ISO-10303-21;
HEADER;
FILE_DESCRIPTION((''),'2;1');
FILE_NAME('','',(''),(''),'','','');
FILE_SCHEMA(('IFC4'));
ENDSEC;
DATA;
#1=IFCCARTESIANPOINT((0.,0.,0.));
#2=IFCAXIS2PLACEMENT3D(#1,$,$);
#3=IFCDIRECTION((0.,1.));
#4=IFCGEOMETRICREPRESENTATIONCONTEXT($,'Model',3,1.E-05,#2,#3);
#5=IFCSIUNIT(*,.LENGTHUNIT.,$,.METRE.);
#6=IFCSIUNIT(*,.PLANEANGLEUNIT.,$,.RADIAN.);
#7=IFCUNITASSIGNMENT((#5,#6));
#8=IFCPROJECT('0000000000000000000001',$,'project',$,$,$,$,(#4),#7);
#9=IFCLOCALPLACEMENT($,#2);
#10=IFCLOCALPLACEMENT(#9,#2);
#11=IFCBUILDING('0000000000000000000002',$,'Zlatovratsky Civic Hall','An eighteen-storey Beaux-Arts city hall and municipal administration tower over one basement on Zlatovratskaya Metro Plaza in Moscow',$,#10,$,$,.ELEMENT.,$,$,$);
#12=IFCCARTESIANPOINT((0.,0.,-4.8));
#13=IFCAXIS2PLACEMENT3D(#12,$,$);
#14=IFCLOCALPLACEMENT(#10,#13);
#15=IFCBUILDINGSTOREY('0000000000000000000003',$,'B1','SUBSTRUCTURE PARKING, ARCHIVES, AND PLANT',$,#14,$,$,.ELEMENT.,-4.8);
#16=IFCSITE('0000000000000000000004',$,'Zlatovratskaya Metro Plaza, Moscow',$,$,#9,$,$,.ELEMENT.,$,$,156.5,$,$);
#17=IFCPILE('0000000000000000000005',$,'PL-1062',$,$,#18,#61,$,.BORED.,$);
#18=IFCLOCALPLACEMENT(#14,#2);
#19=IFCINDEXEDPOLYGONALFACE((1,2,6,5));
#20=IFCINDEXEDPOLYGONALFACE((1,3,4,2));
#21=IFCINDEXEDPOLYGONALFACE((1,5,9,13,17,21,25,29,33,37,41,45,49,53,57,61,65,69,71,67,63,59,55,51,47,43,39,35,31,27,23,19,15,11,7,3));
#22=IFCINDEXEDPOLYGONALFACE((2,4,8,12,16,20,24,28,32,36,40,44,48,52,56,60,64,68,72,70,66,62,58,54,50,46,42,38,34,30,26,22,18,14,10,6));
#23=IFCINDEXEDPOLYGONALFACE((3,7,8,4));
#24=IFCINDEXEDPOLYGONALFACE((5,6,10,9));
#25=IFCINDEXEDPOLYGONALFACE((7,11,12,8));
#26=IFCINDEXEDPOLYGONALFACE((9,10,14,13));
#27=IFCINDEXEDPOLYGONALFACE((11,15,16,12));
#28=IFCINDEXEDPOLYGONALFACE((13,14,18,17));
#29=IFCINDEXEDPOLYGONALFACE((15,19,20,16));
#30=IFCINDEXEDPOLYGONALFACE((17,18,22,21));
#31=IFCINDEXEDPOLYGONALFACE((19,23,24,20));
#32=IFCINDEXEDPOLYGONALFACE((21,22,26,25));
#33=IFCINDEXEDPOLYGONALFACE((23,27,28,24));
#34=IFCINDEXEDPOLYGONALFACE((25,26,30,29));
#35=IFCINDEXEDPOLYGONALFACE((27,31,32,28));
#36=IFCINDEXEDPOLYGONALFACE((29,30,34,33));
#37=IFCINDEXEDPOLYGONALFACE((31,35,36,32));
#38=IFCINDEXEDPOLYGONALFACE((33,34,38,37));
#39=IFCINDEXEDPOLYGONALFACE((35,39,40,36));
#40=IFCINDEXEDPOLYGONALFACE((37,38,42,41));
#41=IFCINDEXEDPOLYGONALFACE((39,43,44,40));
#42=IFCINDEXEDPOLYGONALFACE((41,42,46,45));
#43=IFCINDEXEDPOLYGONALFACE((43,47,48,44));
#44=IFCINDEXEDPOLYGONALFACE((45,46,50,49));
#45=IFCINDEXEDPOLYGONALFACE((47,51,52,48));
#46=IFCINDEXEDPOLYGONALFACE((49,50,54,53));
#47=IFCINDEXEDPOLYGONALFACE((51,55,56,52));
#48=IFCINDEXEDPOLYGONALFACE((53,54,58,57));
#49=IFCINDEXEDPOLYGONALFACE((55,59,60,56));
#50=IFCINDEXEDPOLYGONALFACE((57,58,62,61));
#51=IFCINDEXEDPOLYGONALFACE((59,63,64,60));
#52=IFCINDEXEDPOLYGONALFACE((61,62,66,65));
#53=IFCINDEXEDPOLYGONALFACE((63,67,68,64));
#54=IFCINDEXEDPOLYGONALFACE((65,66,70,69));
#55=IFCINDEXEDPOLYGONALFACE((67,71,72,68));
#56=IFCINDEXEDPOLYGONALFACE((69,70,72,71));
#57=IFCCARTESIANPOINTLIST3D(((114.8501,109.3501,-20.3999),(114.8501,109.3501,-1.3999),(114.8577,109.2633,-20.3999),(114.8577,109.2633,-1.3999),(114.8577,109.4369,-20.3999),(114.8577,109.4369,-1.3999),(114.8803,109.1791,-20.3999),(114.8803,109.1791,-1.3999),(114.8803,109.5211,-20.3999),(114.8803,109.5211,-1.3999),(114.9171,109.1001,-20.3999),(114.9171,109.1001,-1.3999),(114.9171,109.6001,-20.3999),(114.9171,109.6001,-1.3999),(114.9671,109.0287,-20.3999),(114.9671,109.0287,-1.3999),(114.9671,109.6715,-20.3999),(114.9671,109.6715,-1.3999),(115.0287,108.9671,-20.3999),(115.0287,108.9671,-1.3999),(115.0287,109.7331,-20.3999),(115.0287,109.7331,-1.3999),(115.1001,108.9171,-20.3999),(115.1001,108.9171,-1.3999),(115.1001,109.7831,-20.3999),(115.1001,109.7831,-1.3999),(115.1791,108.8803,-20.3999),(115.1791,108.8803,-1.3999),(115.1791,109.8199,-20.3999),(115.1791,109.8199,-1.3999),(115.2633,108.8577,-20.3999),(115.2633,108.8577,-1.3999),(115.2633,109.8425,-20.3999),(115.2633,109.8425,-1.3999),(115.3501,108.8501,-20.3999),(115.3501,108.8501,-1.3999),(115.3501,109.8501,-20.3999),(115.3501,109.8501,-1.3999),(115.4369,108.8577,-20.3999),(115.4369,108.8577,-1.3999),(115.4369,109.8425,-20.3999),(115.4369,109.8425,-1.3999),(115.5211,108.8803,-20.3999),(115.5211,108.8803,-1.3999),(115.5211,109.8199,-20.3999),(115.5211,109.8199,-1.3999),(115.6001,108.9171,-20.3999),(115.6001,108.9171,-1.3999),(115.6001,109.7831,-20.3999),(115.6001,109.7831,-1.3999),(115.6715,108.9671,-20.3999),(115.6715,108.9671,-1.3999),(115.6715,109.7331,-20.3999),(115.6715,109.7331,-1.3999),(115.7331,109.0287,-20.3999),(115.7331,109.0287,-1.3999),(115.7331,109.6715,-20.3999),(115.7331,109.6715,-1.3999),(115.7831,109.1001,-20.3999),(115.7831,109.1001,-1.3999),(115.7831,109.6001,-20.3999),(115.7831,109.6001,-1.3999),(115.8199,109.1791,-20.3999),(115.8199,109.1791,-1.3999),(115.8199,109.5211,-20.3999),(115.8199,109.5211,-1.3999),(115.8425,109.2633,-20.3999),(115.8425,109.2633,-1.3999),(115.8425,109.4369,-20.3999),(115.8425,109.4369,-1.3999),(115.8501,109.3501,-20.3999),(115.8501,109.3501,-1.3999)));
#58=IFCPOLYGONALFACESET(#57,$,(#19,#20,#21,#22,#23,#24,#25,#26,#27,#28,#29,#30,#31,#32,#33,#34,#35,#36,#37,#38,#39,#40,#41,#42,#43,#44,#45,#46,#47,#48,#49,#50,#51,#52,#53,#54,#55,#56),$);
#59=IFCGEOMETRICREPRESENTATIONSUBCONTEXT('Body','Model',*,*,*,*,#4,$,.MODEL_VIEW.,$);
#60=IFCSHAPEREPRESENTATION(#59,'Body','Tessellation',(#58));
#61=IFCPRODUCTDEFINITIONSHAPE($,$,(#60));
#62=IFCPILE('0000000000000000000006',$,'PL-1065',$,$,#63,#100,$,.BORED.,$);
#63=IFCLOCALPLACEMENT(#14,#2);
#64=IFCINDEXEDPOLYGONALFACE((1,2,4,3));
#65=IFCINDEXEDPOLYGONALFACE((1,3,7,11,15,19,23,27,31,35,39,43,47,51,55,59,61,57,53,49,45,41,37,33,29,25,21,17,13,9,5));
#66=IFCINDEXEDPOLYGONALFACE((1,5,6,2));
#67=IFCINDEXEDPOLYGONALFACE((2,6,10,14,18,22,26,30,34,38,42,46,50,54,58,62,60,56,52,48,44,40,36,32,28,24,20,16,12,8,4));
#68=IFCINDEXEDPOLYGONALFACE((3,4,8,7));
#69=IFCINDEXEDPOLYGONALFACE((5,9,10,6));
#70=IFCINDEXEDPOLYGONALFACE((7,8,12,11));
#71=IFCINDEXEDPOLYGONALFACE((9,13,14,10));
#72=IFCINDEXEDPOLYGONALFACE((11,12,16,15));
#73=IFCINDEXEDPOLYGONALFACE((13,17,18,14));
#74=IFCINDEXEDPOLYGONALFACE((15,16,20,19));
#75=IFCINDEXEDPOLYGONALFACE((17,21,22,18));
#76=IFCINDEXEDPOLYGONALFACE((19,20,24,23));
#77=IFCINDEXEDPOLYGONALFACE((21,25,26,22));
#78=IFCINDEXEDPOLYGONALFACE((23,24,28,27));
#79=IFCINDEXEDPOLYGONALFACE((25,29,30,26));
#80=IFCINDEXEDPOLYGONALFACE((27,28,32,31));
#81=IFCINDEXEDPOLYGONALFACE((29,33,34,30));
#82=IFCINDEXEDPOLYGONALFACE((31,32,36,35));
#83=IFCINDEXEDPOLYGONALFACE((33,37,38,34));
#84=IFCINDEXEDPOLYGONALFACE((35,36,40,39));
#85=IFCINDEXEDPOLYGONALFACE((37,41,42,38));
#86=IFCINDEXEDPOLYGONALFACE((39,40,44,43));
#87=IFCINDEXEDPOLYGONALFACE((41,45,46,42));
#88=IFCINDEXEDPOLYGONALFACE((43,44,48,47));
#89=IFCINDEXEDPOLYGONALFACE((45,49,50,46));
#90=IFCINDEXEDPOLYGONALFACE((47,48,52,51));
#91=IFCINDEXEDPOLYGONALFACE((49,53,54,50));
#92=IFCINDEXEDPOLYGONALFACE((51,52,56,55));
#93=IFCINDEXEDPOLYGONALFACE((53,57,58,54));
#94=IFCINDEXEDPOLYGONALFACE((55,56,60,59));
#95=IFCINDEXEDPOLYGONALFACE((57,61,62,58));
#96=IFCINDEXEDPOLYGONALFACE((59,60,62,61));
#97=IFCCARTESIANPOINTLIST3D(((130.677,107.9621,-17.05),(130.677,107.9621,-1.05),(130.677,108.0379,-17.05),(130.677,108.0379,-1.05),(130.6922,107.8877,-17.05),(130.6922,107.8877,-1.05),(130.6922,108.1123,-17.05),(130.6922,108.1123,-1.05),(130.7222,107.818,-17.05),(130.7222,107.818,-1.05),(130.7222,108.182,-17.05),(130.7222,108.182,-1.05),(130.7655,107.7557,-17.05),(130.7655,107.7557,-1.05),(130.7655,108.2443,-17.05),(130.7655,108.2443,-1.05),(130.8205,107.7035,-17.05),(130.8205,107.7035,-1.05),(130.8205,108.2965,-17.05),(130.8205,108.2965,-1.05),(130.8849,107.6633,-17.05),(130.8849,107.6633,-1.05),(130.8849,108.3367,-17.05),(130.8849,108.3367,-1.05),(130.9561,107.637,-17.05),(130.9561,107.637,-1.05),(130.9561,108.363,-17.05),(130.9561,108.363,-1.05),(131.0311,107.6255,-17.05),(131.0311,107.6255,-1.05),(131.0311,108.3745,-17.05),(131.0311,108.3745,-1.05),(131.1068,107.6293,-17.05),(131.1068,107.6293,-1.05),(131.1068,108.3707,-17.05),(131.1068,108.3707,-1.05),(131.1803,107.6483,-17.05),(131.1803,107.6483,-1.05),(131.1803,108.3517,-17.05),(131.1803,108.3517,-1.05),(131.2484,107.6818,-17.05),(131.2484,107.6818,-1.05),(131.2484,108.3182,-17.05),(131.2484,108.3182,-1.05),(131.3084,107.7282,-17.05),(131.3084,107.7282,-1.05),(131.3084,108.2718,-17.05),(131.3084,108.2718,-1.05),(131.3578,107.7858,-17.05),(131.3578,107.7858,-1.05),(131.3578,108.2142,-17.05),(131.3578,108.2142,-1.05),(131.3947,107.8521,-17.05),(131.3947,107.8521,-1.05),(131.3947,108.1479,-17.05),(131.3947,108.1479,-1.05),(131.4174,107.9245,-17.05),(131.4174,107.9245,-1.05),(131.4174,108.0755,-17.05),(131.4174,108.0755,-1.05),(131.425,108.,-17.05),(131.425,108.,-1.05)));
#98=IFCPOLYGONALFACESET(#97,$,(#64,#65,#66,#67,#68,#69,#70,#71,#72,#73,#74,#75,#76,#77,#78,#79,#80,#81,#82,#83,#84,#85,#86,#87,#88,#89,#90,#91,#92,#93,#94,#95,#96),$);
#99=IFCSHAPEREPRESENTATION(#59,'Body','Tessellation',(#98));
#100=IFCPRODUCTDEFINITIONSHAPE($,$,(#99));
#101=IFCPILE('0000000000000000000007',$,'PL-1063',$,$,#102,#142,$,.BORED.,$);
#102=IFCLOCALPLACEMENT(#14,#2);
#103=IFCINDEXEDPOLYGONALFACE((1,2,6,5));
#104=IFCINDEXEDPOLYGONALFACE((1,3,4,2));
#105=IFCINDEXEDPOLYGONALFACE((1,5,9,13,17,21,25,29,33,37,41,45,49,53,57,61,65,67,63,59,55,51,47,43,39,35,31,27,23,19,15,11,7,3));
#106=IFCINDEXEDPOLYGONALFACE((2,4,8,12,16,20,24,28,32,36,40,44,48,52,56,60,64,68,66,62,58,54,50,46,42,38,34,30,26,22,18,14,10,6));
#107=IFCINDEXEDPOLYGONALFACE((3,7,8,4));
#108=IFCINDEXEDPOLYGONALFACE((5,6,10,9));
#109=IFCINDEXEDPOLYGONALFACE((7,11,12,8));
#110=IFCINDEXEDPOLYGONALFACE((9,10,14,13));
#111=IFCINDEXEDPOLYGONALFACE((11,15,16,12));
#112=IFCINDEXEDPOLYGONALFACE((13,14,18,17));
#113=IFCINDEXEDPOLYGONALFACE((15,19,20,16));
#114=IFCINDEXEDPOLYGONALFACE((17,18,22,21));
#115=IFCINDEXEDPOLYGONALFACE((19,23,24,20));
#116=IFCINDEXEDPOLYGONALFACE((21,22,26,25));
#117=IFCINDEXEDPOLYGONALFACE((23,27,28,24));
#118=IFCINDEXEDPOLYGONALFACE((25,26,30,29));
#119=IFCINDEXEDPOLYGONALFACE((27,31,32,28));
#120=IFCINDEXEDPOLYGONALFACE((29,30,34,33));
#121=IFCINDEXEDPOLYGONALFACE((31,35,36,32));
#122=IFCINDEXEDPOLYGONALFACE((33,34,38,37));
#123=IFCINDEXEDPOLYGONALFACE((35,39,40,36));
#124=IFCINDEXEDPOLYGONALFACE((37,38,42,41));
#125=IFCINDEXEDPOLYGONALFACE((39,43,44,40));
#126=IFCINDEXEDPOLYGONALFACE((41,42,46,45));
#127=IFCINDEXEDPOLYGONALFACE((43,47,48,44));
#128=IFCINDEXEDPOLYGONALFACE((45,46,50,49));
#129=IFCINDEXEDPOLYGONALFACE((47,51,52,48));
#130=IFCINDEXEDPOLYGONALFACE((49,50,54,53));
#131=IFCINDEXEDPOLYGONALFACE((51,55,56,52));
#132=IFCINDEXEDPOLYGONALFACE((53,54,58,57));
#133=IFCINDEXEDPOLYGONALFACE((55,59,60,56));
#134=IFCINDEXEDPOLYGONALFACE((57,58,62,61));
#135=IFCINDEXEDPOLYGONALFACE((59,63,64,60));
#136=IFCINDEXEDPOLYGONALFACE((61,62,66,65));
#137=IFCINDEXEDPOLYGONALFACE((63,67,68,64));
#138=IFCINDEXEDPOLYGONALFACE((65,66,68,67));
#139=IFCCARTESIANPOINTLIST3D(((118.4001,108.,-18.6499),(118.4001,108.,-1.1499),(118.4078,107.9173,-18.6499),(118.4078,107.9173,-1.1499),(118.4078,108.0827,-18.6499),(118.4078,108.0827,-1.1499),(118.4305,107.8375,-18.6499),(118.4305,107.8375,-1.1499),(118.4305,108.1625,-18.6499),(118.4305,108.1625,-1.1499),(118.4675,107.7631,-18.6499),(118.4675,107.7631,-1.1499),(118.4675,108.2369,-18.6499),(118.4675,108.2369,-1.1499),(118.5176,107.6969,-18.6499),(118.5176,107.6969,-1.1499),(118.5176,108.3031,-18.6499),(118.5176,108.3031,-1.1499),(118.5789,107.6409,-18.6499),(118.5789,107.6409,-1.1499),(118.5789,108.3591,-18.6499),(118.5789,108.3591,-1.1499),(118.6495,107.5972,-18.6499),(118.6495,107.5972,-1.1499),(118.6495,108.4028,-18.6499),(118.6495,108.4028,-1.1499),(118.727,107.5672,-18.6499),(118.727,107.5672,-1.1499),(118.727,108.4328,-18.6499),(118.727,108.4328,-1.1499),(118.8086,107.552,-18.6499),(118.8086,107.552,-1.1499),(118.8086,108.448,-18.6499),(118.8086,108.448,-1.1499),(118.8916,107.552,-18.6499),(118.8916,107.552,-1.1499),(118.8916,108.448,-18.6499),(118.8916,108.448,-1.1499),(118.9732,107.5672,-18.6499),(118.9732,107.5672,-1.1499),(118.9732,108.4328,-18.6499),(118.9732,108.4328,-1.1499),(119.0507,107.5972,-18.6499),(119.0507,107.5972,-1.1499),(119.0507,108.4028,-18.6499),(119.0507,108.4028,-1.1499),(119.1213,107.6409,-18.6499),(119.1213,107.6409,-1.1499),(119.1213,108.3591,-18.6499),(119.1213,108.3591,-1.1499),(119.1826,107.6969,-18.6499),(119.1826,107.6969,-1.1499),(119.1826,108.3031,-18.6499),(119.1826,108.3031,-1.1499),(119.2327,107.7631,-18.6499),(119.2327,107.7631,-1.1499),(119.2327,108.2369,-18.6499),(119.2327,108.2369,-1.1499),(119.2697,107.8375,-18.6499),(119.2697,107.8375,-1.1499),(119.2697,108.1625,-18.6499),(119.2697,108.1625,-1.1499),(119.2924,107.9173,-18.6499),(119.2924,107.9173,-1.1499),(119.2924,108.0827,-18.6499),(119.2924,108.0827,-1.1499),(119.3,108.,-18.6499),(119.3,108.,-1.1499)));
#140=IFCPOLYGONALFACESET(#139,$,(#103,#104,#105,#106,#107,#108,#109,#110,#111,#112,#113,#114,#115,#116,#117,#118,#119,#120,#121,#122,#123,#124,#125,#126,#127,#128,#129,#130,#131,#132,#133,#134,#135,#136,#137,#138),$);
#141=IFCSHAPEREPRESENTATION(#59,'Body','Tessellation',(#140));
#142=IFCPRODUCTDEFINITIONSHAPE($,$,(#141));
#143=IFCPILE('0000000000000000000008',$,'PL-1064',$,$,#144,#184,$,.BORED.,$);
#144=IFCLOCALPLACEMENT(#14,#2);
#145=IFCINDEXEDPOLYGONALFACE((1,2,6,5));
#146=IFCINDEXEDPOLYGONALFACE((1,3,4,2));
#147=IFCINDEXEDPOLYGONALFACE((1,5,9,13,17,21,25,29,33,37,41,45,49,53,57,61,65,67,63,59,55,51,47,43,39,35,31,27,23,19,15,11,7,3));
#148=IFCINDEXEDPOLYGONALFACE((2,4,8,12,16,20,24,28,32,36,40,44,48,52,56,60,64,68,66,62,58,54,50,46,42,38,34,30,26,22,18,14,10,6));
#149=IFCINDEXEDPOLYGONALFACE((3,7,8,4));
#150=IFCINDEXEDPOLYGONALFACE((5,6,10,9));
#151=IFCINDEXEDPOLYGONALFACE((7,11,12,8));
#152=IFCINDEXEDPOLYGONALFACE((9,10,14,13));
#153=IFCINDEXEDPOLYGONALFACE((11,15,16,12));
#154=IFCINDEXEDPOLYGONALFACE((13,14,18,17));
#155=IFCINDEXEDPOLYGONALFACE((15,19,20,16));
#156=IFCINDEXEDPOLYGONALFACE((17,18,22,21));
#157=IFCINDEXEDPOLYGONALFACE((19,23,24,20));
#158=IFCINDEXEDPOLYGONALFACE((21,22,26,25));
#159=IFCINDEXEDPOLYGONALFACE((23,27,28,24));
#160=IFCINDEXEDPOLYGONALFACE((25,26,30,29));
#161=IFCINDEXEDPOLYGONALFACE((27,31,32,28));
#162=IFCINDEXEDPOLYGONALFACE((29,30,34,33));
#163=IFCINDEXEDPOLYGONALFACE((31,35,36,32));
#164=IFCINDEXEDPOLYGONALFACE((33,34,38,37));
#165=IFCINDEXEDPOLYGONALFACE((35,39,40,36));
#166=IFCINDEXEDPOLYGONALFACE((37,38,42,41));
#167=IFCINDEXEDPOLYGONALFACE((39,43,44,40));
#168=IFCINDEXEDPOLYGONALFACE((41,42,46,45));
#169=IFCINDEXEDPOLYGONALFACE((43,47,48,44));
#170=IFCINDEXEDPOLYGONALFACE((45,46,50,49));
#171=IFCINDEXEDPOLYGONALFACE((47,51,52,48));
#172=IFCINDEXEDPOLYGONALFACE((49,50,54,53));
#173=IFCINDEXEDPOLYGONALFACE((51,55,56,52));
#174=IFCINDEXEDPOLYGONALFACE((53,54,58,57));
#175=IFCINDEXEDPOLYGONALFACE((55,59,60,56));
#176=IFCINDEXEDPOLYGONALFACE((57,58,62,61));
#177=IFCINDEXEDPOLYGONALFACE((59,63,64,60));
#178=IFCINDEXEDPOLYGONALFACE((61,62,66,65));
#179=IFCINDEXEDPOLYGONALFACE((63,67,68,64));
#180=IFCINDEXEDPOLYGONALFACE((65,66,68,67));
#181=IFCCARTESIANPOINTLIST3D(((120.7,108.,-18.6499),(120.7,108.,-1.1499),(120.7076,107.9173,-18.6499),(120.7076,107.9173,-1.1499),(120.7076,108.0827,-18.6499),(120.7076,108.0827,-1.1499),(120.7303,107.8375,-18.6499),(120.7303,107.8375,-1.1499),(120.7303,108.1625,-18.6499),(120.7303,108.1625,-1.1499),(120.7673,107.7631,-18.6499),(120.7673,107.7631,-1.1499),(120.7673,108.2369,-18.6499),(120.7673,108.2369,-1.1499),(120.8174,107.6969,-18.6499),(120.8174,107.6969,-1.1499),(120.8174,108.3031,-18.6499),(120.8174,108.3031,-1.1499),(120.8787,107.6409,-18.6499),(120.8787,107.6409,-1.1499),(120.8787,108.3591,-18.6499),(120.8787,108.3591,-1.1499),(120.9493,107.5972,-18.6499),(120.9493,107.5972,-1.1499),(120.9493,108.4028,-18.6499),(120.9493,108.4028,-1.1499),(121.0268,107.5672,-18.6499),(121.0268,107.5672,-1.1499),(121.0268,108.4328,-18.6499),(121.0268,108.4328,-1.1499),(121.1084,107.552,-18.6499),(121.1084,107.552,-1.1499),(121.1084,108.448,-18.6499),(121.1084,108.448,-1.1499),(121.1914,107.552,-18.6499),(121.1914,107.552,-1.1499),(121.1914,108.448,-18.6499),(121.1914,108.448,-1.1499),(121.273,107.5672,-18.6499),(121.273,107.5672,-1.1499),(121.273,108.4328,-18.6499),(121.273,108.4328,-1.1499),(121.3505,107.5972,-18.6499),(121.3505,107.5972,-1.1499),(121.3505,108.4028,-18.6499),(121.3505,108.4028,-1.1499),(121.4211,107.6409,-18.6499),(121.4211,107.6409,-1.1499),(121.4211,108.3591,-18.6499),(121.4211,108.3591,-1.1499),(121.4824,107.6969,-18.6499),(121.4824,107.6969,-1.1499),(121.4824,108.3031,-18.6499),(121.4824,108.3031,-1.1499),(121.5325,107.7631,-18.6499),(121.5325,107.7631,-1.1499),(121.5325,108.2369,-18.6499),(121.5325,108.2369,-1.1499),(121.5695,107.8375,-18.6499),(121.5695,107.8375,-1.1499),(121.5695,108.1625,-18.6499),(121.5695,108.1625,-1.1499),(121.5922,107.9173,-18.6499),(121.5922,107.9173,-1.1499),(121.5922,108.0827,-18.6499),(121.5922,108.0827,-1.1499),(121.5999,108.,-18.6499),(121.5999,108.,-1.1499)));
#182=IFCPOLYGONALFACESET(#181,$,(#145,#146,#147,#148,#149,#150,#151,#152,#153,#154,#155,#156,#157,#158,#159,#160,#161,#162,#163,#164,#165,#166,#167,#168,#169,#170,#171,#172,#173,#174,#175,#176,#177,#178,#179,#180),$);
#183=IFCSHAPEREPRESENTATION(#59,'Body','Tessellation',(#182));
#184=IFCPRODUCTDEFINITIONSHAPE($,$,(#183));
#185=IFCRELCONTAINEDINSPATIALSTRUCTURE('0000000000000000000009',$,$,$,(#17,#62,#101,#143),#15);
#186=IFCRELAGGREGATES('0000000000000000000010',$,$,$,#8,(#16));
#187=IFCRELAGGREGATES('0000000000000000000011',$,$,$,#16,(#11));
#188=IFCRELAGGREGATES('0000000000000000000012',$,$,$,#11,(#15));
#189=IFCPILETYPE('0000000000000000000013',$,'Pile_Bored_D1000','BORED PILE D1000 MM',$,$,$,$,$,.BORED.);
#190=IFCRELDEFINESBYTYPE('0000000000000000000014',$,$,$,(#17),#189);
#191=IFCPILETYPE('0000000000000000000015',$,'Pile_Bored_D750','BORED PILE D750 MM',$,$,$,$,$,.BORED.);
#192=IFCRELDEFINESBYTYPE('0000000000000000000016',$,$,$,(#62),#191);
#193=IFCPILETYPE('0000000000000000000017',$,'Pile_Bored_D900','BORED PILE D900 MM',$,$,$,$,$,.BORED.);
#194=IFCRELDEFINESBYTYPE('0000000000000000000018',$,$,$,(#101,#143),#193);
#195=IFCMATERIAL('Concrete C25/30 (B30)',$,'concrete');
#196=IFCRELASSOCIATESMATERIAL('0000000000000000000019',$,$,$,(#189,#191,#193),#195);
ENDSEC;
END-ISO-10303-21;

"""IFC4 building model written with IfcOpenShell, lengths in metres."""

from ifc_helpers import new_model, si_unit, direction, frame, origin, origin_2d, place, context, subcontext, project, spatial, circle, extrude, material, material_profile, profile_set, type_object, element, save


model = new_model("IFC4")

# Units and contexts
model_context = context("Model", 3, precision=1e-05, world=origin(), true_north=direction((0.0, 1.0)))
body_context = subcontext(model_context, "Body", "Model", "MODEL_VIEW")
ifc_project = project(units=[si_unit("LENGTHUNIT", "METRE"), si_unit("PLANEANGLEUNIT", "RADIAN")], contexts=[model_context])

# Site, building, storey
site_placement = place(None, origin())
site = spatial("IfcSite", under=ifc_project, at=site_placement, Name="Zlatovratskaya Metro Plaza, Moscow", CompositionType="ELEMENT", RefElevation=156.5)
building_placement = place(site_placement, origin())
building = spatial("IfcBuilding", under=site, at=building_placement, Name="Zlatovratsky Civic Hall", Description="An eighteen-storey Beaux-Arts city hall and municipal administration tower over one basement on Zlatovratskaya Metro Plaza in Moscow", CompositionType="ELEMENT")
storey_placement = place(building_placement, frame((0.0, 0.0, -4.8)))
storey = spatial("IfcBuildingStorey", under=building, at=storey_placement, Name="B1", Description="SUBSTRUCTURE PARKING, ARCHIVES, AND PLANT", CompositionType="ELEMENT", Elevation=-4.8)

# Shared definitions
ifc_material_1 = material(Name="Concrete C25/30 (B30)", Category="concrete")

# Piles
ifc_material_profile_1 = material_profile(ifc_material_1, circle(Radius=0.5, at=origin_2d()), Name="PILE D1000")
ifc_profile_set_1 = profile_set([ifc_material_profile_1], Name="Concrete C25/30 (B30)")
pile_type_1 = type_object("IfcPileType", Name="Pile_Bored_D1000", Description="BORED PILE D1000 MM", PredefinedType="BORED", material=ifc_profile_set_1)
for number, where, z_axis, x_axis, name in (
    (1, (115.3501, 109.3501, -1.3999), (0.0, 0.0, -1.0), (1.0, 0.0, 0.0), "PL-1062"),
):
    element("IfcPile", number, at=place(storey_placement, frame(where, z_axis=z_axis, x_axis=x_axis)), inside=storey, type_object=pile_type_1, Name=name, PredefinedType="BORED", context=body_context, shape_type="SweptSolid", body=[
        extrude(circle(Radius=0.5, at=origin_2d()), origin(), (0.0, 0.0, 1.0), 19.0),
    ])
ifc_material_profile_2 = material_profile(ifc_material_1, circle(Radius=0.375, at=origin_2d()), Name="PILE D750")
ifc_profile_set_2 = profile_set([ifc_material_profile_2], Name="Concrete C25/30 (B30)")
pile_type_2 = type_object("IfcPileType", Name="Pile_Bored_D750", Description="BORED PILE D750 MM", PredefinedType="BORED", material=ifc_profile_set_2)
pile_placement = place(storey_placement, frame((131.05, 108.0, -1.05), z_axis=(0.0, 0.0, -1.0), x_axis=(1.0, 0.0, 0.0)))
element("IfcPile", 2, at=pile_placement, inside=storey, type_object=pile_type_2, Name="PL-1065", PredefinedType="BORED", context=body_context, shape_type="SweptSolid", body=[
    extrude(circle(Radius=0.375, at=origin_2d()), origin(), (0.0, 0.0, 1.0), 16.0),
])
ifc_material_profile_3 = material_profile(ifc_material_1, circle(Radius=0.45, at=origin_2d()), Name="PILE D900")
ifc_profile_set_3 = profile_set([ifc_material_profile_3], Name="Concrete C25/30 (B30)")
pile_type_3 = type_object("IfcPileType", Name="Pile_Bored_D900", Description="BORED PILE D900 MM", PredefinedType="BORED", material=ifc_profile_set_3)
for number, where, z_axis, x_axis, name in (
    (3, (118.8501, 108.0, -1.1499), (0.0, 0.0, -1.0), (1.0, 0.0, 0.0), "PL-1063"),
    (4, (121.1499, 108.0, -1.1499), (0.0, 0.0, -1.0), (1.0, 0.0, 0.0), "PL-1064"),
):
    element("IfcPile", number, at=place(storey_placement, frame(where, z_axis=z_axis, x_axis=x_axis)), inside=storey, type_object=pile_type_3, Name=name, PredefinedType="BORED", context=body_context, shape_type="SweptSolid", body=[
        extrude(circle(Radius=0.45, at=origin_2d()), origin(), (0.0, 0.0, 1.0), 17.5),
    ])

save(model, "model.ifc")
